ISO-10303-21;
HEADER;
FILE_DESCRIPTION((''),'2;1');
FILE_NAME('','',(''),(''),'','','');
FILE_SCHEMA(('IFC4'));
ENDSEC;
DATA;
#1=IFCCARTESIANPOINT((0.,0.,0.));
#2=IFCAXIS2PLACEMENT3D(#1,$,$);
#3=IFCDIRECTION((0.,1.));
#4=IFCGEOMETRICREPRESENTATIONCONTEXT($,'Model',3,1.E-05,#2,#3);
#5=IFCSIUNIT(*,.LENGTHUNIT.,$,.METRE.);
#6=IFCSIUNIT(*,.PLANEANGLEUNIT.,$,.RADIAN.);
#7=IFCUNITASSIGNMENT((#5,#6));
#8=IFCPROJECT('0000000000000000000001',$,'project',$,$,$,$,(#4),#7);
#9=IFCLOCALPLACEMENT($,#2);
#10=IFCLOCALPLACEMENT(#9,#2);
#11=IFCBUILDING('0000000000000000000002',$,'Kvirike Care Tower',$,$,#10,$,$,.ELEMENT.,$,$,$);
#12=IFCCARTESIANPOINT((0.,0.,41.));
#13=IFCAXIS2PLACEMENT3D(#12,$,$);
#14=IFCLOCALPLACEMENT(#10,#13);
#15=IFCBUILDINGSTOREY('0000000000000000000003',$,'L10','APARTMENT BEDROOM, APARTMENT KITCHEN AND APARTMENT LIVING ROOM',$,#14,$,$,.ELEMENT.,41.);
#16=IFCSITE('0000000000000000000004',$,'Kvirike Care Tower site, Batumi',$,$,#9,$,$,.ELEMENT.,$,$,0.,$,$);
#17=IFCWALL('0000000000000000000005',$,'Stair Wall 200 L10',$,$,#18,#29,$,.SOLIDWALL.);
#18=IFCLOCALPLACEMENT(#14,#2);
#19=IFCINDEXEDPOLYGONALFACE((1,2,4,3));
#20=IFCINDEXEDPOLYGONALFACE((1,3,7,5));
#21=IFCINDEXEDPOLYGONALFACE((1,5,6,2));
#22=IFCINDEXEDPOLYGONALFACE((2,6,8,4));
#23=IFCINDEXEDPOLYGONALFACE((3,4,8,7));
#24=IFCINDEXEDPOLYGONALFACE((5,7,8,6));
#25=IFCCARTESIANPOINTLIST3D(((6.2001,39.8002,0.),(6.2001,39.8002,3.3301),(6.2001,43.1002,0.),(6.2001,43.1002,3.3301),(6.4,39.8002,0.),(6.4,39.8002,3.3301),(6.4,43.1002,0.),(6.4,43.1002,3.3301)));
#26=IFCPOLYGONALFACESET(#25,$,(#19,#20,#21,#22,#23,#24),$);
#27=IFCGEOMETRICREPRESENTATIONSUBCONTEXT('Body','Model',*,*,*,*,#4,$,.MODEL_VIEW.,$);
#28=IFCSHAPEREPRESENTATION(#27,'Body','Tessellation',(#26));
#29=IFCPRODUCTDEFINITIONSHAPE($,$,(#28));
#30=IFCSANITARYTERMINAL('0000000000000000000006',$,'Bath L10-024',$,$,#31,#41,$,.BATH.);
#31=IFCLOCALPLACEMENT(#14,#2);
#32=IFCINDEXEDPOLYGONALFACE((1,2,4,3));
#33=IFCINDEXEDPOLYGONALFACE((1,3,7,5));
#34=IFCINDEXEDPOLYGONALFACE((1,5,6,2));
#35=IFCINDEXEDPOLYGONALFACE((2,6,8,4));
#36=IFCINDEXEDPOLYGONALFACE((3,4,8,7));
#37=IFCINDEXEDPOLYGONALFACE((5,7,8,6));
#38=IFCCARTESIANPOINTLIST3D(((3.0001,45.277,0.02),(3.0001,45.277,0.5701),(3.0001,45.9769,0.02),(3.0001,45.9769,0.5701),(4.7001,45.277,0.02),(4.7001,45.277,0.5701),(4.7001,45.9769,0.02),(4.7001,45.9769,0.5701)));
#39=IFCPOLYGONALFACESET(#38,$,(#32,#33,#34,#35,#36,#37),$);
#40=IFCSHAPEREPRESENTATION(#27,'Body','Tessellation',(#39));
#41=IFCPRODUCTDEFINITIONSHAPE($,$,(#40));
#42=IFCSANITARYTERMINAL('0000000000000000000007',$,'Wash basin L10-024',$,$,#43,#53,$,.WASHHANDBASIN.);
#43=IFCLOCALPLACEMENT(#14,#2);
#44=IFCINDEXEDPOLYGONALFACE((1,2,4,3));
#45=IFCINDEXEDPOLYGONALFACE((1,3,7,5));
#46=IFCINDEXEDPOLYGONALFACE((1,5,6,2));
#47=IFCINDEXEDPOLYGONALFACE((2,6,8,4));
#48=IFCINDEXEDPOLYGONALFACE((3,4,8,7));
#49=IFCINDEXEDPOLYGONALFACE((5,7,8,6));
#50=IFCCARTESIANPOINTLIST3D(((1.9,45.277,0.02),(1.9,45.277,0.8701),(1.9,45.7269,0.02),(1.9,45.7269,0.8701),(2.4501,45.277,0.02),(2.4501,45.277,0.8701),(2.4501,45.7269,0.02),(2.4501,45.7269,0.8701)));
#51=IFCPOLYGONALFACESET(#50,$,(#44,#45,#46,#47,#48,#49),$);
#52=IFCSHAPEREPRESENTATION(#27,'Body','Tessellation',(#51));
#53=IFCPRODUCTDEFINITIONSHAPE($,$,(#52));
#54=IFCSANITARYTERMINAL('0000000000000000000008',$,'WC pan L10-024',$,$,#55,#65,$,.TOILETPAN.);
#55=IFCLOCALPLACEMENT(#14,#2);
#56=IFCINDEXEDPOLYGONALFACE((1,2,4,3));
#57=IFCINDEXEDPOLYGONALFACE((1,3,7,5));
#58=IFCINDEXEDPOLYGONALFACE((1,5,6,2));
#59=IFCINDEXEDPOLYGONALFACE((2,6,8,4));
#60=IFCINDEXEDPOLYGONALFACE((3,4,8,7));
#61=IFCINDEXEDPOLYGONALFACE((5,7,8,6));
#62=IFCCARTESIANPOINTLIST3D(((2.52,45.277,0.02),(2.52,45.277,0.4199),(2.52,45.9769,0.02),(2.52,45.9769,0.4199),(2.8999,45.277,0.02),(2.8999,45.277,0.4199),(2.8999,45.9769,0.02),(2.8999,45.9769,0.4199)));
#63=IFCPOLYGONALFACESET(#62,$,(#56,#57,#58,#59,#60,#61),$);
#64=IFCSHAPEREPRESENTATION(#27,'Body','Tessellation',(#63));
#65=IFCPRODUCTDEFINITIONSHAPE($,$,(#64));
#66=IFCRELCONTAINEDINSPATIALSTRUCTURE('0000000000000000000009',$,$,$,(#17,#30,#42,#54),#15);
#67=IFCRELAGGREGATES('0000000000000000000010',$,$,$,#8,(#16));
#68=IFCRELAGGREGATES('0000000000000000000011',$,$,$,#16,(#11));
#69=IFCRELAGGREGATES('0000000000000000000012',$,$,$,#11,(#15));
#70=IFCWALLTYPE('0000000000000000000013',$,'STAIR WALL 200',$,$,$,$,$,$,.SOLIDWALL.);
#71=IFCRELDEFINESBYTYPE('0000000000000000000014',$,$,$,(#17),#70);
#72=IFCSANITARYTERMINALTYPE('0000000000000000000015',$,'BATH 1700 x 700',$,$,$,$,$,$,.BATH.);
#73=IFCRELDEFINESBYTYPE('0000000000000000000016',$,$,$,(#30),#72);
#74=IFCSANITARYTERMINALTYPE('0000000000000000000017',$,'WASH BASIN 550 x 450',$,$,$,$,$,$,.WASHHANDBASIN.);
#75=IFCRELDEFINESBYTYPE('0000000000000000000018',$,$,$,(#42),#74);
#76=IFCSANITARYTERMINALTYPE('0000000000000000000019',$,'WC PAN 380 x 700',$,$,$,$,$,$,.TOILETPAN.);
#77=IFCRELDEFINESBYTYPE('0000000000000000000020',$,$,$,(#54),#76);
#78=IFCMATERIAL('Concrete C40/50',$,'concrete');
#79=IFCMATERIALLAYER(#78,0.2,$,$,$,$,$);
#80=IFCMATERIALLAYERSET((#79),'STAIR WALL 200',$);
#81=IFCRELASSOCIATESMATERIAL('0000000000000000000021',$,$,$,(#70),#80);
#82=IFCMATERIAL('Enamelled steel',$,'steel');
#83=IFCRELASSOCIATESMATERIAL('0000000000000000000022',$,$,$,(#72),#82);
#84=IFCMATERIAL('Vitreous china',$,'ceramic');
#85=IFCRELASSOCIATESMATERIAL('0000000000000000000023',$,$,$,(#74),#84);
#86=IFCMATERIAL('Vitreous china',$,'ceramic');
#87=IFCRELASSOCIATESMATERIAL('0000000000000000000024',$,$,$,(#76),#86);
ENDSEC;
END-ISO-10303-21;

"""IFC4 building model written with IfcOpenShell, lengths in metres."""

from ifc_helpers import new_model, si_unit, direction, frame, frame_2d, origin, origin_2d, place, context, subcontext, project, spatial, rectangle, extrude, material, layer, layer_set, type_object, element, save


model = new_model("IFC4")

# Units and contexts
model_context = context("Model", 3, precision=1e-05, world=origin(), true_north=direction((0.0, 1.0)))
body_context = subcontext(model_context, "Body", "Model", "MODEL_VIEW")
ifc_project = project(units=[si_unit("LENGTHUNIT", "METRE"), si_unit("PLANEANGLEUNIT", "RADIAN")], contexts=[model_context])

# Site, building, storey
site_placement = place(None, origin())
site = spatial("IfcSite", under=ifc_project, at=site_placement, Name="Kvirike Care Tower site, Batumi", CompositionType="ELEMENT", RefElevation=0.0)
building_placement = place(site_placement, origin())
building = spatial("IfcBuilding", under=site, at=building_placement, Name="Kvirike Care Tower", CompositionType="ELEMENT")
storey_placement = place(building_placement, frame((0.0, 0.0, 41.0)))
storey = spatial("IfcBuildingStorey", under=building, at=storey_placement, Name="L10", Description="APARTMENT BEDROOM, APARTMENT KITCHEN AND APARTMENT LIVING ROOM", CompositionType="ELEMENT", Elevation=41.0)

# Wall
ifc_material_1 = material(Name="Concrete C40/50", Category="concrete")
ifc_layer_1 = layer(ifc_material_1, 0.2)
ifc_layer_set_1 = layer_set([ifc_layer_1], Name="STAIR WALL 200")
wall_type_1 = type_object("IfcWallType", Name="STAIR WALL 200", PredefinedType="SOLIDWALL", material=ifc_layer_set_1)
wall_1_placement = place(storey_placement, frame((6.3, 43.1001, 0.0), z_axis=(0.0, 0.0, 1.0), x_axis=(0.0, -1.0, 0.0)))
element("IfcWall", 1, at=wall_1_placement, inside=storey, type_object=wall_type_1, Name="Stair Wall 200 L10", PredefinedType="SOLIDWALL", context=body_context, shape_type="SweptSolid", body=[
    extrude(rectangle(XDim=3.3, YDim=0.2, at=frame_2d((1.6499, 0.0))), origin(), (0.0, 0.0, 1.0), 3.3301),
])

# Sanitary terminals
ifc_material_2 = material(Name="Enamelled steel", Category="steel")
sanitary_terminal_type_1 = type_object("IfcSanitaryTerminalType", Name="BATH 1700 x 700", PredefinedType="BATH", material=ifc_material_2)
sanitary_terminal_1_placement = place(storey_placement, frame((3.8501, 45.627, 0.02), z_axis=(0.0, 0.0, 1.0), x_axis=(-1.0, 0.0, 0.0)))
element("IfcSanitaryTerminal", 2, at=sanitary_terminal_1_placement, inside=storey, type_object=sanitary_terminal_type_1, Name="Bath L10-024", PredefinedType="BATH", context=body_context, shape_type="SweptSolid", body=[
    extrude(rectangle(XDim=1.7, YDim=0.7, at=origin_2d()), origin(), (0.0, 0.0, 1.0), 0.55),
])
ifc_material_3 = material(Name="Vitreous china", Category="ceramic")
sanitary_terminal_type_2 = type_object("IfcSanitaryTerminalType", Name="WASH BASIN 550 x 450", PredefinedType="WASHHANDBASIN", material=ifc_material_3)
sanitary_terminal_2_placement = place(storey_placement, frame((2.175, 45.502, 0.02), z_axis=(0.0, 0.0, 1.0), x_axis=(-1.0, 0.0, 0.0)))
element("IfcSanitaryTerminal", 3, at=sanitary_terminal_2_placement, inside=storey, type_object=sanitary_terminal_type_2, Name="Wash basin L10-024", PredefinedType="WASHHANDBASIN", context=body_context, shape_type="SweptSolid", body=[
    extrude(rectangle(XDim=0.55, YDim=0.45, at=origin_2d()), origin(), (0.0, 0.0, 1.0), 0.8501),
])
ifc_material_4 = material(Name="Vitreous china", Category="ceramic")
sanitary_terminal_type_3 = type_object("IfcSanitaryTerminalType", Name="WC PAN 380 x 700", PredefinedType="TOILETPAN", material=ifc_material_4)
sanitary_terminal_3_placement = place(storey_placement, frame((2.71, 45.627, 0.02), z_axis=(0.0, 0.0, 1.0), x_axis=(-1.0, 0.0, 0.0)))
element("IfcSanitaryTerminal", 4, at=sanitary_terminal_3_placement, inside=storey, type_object=sanitary_terminal_type_3, Name="WC pan L10-024", PredefinedType="TOILETPAN", context=body_context, shape_type="SweptSolid", body=[
    extrude(rectangle(XDim=0.3799, YDim=0.7, at=origin_2d()), origin(), (0.0, 0.0, 1.0), 0.3999),
])

save(model, "model.ifc")
